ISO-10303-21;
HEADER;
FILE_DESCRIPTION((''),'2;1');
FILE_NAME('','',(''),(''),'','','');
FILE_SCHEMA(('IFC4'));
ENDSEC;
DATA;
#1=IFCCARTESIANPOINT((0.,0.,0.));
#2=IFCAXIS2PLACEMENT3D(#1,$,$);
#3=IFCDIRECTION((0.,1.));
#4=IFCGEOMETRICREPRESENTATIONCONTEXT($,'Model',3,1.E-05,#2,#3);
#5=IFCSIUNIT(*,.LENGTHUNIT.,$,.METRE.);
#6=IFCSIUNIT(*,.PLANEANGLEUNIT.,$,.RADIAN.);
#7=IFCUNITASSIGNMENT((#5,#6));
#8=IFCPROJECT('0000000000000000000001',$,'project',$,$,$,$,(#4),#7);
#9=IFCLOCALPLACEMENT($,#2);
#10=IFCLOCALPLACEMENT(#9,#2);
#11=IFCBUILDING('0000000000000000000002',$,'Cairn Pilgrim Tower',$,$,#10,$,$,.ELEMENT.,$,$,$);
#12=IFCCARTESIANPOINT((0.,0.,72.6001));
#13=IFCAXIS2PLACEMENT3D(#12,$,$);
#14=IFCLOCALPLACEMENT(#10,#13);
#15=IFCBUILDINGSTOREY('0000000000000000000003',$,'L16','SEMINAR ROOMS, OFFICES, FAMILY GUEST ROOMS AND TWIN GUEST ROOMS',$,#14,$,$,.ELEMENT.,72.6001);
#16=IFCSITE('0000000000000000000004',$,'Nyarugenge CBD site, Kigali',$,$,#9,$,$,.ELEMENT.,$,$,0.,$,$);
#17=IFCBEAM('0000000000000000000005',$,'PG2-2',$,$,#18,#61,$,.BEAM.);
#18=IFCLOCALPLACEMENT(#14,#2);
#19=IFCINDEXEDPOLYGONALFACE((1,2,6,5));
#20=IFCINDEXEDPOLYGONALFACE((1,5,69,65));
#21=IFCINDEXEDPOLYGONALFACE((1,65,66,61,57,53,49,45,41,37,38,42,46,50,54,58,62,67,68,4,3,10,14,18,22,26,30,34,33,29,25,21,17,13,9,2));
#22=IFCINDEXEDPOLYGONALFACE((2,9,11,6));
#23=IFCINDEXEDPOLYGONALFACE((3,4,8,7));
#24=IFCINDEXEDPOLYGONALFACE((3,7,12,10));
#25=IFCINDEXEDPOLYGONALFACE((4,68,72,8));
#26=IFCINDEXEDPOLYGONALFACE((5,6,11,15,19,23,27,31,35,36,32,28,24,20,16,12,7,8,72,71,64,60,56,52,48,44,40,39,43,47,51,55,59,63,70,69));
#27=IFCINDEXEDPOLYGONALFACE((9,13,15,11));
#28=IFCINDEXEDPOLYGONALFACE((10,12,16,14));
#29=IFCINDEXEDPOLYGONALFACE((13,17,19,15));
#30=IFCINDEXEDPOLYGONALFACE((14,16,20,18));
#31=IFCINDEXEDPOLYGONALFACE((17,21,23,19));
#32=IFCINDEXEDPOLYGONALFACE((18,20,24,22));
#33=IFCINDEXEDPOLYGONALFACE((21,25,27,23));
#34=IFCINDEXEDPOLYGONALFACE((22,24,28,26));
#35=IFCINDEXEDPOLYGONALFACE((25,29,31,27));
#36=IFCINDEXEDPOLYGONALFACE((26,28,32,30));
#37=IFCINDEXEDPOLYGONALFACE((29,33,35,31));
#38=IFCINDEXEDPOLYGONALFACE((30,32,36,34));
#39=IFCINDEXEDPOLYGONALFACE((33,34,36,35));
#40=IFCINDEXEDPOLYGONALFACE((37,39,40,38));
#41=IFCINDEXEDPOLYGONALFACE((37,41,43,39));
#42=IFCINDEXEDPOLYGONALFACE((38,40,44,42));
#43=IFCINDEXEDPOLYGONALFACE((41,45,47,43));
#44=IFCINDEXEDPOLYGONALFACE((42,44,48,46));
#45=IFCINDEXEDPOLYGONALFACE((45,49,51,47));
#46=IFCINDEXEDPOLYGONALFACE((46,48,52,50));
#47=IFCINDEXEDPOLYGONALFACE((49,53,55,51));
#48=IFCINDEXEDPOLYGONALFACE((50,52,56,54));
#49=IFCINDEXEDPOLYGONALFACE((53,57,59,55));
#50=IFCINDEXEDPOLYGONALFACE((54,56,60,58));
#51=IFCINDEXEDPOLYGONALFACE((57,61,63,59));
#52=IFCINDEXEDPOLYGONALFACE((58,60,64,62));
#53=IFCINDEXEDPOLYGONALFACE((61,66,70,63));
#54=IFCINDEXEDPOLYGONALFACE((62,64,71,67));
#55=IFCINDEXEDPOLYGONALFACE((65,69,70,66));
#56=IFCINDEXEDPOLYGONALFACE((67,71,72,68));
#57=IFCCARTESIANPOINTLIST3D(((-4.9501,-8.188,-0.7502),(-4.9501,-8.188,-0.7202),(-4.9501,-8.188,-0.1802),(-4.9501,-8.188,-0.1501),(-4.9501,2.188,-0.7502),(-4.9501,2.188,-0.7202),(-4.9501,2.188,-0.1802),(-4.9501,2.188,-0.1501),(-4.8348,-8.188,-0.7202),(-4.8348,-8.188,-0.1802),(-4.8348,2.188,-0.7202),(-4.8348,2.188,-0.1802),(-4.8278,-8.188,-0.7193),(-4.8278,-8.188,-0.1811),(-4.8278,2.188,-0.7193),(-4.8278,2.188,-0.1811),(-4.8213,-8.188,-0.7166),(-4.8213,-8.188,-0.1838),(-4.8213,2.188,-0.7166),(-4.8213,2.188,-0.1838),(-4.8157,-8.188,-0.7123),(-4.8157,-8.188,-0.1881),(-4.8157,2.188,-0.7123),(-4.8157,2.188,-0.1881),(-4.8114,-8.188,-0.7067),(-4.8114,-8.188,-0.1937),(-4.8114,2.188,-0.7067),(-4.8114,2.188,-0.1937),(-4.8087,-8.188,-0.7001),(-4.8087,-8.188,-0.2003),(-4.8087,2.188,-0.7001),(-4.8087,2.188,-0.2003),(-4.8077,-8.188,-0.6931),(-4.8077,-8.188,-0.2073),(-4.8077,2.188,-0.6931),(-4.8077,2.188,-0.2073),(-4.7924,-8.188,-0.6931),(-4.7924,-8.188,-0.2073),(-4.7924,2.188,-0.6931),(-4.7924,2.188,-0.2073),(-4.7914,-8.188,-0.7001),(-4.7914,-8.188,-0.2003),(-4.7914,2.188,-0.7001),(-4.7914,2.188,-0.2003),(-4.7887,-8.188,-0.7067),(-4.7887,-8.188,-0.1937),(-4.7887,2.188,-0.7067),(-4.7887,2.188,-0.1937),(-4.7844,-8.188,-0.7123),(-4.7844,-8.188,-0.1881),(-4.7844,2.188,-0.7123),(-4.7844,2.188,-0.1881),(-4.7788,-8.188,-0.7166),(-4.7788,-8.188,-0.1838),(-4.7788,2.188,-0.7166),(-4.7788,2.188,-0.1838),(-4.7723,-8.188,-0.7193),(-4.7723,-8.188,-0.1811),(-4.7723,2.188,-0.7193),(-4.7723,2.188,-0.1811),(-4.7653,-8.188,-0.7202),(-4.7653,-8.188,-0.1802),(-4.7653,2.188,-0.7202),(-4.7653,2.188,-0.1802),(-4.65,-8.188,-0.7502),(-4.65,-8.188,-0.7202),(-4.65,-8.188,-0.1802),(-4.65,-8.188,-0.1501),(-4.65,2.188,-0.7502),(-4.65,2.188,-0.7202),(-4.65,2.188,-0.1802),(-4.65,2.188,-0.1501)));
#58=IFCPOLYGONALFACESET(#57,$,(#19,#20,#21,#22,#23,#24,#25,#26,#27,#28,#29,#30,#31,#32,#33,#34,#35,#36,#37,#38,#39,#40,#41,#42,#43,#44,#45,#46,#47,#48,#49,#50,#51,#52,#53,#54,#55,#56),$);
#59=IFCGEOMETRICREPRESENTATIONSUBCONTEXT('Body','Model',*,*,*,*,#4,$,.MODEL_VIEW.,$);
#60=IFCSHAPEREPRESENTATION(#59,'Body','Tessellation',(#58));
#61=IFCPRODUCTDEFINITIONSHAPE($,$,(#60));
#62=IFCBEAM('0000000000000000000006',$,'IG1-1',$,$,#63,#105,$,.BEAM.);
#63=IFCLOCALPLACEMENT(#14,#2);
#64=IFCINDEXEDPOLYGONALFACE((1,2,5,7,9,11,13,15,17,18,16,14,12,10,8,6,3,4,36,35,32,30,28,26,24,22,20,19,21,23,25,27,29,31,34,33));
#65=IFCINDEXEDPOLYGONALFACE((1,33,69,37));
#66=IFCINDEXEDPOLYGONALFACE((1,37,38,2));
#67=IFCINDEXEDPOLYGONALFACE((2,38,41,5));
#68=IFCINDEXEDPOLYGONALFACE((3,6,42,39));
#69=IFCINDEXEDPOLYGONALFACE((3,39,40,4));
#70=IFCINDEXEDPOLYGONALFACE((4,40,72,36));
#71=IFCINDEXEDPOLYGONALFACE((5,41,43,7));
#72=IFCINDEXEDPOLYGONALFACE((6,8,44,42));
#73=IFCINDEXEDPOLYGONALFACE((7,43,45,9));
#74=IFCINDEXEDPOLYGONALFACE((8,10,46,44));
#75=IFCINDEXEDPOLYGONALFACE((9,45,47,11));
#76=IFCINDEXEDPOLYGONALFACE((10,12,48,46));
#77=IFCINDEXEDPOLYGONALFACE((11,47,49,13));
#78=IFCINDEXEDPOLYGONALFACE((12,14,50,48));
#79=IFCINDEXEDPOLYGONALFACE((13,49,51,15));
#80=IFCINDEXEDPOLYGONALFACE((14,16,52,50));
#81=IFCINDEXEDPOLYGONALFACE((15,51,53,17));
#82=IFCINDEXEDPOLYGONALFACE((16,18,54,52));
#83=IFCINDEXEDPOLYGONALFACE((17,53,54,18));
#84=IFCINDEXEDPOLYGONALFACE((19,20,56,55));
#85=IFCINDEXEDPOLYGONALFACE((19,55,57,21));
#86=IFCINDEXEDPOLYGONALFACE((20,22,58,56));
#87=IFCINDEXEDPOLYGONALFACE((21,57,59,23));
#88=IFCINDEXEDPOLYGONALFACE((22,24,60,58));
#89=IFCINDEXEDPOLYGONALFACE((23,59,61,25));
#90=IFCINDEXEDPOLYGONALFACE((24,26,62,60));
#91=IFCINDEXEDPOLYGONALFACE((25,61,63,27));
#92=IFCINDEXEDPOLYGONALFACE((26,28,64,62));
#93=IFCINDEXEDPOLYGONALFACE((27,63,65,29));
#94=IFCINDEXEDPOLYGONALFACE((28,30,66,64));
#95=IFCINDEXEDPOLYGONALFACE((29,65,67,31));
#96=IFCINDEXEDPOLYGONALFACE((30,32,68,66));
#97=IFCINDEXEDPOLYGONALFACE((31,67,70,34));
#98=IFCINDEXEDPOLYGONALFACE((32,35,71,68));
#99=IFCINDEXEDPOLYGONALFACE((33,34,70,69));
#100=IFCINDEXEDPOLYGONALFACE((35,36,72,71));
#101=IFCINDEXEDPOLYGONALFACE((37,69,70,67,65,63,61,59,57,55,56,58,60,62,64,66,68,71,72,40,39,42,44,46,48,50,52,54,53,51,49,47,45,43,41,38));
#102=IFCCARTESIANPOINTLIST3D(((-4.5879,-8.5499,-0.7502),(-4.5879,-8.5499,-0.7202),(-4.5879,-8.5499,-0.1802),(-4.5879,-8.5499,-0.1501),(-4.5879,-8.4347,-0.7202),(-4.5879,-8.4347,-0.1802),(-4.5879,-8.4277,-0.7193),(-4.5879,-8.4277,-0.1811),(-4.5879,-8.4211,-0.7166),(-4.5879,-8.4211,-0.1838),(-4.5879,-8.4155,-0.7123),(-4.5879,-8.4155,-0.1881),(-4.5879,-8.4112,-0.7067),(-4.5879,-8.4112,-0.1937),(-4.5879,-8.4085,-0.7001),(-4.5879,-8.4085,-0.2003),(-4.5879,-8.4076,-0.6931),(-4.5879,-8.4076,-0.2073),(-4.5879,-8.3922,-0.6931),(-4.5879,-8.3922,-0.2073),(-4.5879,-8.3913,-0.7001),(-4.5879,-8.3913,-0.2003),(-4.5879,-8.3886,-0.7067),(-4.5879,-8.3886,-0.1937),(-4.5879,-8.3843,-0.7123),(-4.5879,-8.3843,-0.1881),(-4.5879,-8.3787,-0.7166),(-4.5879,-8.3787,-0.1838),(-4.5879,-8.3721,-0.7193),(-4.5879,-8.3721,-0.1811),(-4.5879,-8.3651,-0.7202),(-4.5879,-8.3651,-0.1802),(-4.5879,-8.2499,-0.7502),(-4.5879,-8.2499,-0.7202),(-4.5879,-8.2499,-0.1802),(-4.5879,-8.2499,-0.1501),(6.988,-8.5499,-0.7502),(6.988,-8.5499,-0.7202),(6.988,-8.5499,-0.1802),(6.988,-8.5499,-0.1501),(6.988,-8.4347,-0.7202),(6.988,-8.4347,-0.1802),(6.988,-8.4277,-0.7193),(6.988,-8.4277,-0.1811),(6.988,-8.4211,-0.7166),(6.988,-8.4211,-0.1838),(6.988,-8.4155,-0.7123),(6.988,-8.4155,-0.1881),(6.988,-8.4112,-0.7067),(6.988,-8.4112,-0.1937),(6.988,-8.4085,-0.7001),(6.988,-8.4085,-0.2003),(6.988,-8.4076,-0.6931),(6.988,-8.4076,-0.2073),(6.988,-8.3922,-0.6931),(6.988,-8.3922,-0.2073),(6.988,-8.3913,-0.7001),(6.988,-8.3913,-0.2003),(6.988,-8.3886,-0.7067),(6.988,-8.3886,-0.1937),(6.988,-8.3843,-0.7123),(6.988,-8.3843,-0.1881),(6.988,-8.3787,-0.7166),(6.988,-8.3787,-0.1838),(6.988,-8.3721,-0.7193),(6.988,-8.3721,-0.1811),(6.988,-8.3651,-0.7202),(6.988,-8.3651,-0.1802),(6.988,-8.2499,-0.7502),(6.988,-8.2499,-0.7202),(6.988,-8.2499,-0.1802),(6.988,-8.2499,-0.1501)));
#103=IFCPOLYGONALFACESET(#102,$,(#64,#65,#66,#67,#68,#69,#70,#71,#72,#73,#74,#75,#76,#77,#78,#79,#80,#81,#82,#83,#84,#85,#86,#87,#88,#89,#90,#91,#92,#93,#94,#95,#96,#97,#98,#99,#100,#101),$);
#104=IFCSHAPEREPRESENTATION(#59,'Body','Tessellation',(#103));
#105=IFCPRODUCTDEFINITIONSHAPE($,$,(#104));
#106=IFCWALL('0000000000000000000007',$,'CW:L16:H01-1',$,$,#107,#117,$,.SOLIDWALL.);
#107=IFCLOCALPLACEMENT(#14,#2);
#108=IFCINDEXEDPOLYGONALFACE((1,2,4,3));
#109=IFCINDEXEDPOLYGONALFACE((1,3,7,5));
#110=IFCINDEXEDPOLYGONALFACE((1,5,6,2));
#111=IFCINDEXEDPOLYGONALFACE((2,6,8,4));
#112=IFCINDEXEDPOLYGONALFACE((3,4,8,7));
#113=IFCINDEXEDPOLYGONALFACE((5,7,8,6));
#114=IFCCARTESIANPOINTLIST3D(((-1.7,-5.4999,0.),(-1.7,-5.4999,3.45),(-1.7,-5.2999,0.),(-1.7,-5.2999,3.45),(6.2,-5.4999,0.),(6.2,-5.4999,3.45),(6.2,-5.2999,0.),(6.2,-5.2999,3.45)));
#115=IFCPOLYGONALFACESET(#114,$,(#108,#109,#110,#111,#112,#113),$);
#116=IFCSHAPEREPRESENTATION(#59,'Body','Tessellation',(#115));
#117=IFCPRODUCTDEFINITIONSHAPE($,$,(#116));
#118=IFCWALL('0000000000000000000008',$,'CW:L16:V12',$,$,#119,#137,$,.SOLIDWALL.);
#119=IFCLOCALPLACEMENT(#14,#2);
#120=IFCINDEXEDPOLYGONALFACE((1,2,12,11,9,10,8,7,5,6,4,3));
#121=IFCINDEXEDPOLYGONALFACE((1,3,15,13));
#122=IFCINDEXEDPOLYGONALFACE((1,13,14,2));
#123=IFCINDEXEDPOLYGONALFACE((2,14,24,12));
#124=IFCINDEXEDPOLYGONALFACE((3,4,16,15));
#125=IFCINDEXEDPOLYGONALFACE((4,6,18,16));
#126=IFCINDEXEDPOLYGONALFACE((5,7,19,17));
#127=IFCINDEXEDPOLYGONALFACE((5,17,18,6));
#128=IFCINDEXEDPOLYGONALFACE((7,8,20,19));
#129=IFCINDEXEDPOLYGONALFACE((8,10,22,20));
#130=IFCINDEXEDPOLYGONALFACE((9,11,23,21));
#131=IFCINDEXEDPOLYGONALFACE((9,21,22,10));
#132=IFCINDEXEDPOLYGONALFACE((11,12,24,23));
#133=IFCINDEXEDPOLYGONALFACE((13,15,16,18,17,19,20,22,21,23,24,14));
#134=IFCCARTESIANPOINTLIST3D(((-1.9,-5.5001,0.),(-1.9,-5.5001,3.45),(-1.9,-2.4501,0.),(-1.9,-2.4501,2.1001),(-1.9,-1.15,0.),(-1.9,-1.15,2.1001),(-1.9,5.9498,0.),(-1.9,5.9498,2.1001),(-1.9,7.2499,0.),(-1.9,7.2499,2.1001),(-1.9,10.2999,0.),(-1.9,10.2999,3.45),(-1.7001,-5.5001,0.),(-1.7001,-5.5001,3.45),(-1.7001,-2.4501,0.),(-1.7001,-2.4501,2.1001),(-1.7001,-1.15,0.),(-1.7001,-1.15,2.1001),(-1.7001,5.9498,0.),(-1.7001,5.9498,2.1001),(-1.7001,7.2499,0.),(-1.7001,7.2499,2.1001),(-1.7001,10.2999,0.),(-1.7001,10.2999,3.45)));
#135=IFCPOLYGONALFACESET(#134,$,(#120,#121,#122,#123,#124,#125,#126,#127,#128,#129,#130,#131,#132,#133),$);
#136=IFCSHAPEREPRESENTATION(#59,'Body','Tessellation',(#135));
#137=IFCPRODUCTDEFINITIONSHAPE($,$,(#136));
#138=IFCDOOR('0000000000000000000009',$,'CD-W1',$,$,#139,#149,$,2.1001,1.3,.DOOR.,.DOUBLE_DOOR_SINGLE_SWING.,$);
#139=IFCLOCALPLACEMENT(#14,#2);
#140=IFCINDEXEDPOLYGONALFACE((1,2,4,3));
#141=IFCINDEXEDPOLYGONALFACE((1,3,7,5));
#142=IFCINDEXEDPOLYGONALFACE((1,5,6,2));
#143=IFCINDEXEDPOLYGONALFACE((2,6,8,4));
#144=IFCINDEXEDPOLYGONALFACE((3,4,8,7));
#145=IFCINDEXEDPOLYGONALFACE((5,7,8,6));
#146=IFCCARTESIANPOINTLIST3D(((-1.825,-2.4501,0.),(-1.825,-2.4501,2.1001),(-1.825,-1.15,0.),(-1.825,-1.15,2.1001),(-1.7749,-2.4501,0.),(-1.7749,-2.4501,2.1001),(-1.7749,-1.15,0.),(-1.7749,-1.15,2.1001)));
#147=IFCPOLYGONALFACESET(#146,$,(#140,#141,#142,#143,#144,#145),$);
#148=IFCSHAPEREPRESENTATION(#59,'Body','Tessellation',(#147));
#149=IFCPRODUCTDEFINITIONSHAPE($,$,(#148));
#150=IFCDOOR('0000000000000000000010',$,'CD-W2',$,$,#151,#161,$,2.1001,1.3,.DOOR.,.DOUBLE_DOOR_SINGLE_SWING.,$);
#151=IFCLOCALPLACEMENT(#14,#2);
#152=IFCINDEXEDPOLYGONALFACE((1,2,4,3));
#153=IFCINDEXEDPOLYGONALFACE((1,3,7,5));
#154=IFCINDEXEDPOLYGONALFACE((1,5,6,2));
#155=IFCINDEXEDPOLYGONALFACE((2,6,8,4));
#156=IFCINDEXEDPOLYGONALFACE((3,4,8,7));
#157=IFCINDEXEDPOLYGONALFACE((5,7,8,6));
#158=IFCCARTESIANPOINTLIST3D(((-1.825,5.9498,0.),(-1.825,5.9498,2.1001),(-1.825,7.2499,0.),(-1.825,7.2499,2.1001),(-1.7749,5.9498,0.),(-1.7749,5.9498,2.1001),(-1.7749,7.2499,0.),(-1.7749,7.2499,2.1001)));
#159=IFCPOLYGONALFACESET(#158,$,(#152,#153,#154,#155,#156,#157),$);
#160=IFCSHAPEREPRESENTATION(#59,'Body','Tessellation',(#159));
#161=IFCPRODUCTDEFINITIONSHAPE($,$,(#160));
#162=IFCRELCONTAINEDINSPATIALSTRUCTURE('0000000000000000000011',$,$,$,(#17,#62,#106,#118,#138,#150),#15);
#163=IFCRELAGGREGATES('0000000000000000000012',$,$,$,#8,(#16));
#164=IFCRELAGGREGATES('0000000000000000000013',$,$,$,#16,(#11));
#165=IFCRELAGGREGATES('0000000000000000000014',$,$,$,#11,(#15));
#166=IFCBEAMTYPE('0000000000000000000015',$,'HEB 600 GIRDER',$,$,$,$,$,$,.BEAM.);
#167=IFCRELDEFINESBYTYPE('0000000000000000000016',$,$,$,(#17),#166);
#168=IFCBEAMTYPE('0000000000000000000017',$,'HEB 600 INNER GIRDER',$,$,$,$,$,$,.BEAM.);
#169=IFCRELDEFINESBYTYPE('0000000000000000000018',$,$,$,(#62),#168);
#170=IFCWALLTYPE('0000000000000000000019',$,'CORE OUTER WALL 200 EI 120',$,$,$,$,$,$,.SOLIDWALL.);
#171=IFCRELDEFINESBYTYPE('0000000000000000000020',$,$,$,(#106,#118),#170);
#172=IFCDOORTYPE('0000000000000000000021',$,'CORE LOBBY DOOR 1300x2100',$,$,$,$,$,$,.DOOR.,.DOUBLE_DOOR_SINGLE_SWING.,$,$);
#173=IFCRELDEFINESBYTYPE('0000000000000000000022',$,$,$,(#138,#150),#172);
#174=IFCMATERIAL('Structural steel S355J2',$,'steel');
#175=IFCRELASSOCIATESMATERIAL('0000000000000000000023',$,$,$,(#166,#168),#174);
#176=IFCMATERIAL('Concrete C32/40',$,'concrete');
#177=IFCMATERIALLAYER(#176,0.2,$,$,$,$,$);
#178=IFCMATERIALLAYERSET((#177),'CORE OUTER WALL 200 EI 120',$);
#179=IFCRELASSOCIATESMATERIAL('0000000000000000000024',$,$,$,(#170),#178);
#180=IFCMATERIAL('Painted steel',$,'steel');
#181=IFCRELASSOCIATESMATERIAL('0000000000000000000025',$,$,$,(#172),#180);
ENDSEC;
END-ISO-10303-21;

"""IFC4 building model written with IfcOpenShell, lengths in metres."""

from ifc_helpers import new_model, si_unit, direction, frame, frame_2d, origin, origin_2d, place, context, subcontext, project, spatial, rectangle, i_section, extrude, material, layer, layer_set, material_profile, profile_set, type_object, element, fill, save


model = new_model("IFC4")

# Units and contexts
model_context = context("Model", 3, precision=1e-05, world=origin(), true_north=direction((0.0, 1.0)))
body_context = subcontext(model_context, "Body", "Model", "MODEL_VIEW")
ifc_project = project(units=[si_unit("LENGTHUNIT", "METRE"), si_unit("PLANEANGLEUNIT", "RADIAN")], contexts=[model_context])

# Site, building, storey
site_placement = place(None, origin())
site = spatial("IfcSite", under=ifc_project, at=site_placement, Name="Nyarugenge CBD site, Kigali", CompositionType="ELEMENT", RefElevation=0.0)
building_placement = place(site_placement, origin())
building = spatial("IfcBuilding", under=site, at=building_placement, Name="Cairn Pilgrim Tower", CompositionType="ELEMENT")
storey_placement = place(building_placement, frame((0.0, 0.0, 72.6001)))
storey = spatial("IfcBuildingStorey", under=building, at=storey_placement, Name="L16", Description="SEMINAR ROOMS, OFFICES, FAMILY GUEST ROOMS AND TWIN GUEST ROOMS", CompositionType="ELEMENT", Elevation=72.6001)

# Beams
ifc_material_1 = material(Name="Structural steel S355J2", Category="steel")
ifc_material_profile_1 = material_profile(ifc_material_1, i_section(OverallWidth=0.3, OverallDepth=0.6001, WebThickness=0.0154, FlangeThickness=0.03, FilletRadius=0.0271, at=origin_2d()), Name="HEB 600")
ifc_profile_set_1 = profile_set([ifc_material_profile_1], Name="Structural steel S355J2")
beam_type_1 = type_object("IfcBeamType", Name="HEB 600 GIRDER", PredefinedType="BEAM", material=ifc_profile_set_1)
beam_1_placement = place(storey_placement, frame((-4.8, -8.188, -0.4502), z_axis=(0.0, 1.0, 0.0), x_axis=(-1.0, 0.0, 0.0)))
element("IfcBeam", 1, at=beam_1_placement, inside=storey, type_object=beam_type_1, Name="PG2-2", PredefinedType="BEAM", context=body_context, shape_type="SweptSolid", body=[
    extrude(i_section(OverallWidth=0.3, OverallDepth=0.6001, WebThickness=0.0154, FlangeThickness=0.03, FilletRadius=0.0271, at=origin_2d()), origin(), (0.0, 0.0, 1.0), 10.376),
])
ifc_material_profile_2 = material_profile(ifc_material_1, i_section(OverallWidth=0.3, OverallDepth=0.6001, WebThickness=0.0154, FlangeThickness=0.03, FilletRadius=0.0271, at=origin_2d()), Name="HEB 600")
ifc_profile_set_2 = profile_set([ifc_material_profile_2], Name="Structural steel S355J2")
beam_type_2 = type_object("IfcBeamType", Name="HEB 600 INNER GIRDER", PredefinedType="BEAM", material=ifc_profile_set_2)
beam_2_placement = place(storey_placement, frame((-4.5879, -8.3999, -0.4502), z_axis=(1.0, 0.0, 0.0), x_axis=(0.0, 1.0, 0.0)))
element("IfcBeam", 2, at=beam_2_placement, inside=storey, type_object=beam_type_2, Name="IG1-1", PredefinedType="BEAM", context=body_context, shape_type="SweptSolid", body=[
    extrude(i_section(OverallWidth=0.3, OverallDepth=0.6001, WebThickness=0.0154, FlangeThickness=0.03, FilletRadius=0.0271, at=origin_2d()), origin(), (0.0, 0.0, 1.0), 11.5759),
])

# Wall
ifc_material_2 = material(Name="Concrete C32/40", Category="concrete")
ifc_layer_1 = layer(ifc_material_2, 0.2)
ifc_layer_set_1 = layer_set([ifc_layer_1], Name="CORE OUTER WALL 200 EI 120")
wall_type_1 = type_object("IfcWallType", Name="CORE OUTER WALL 200 EI 120", PredefinedType="SOLIDWALL", material=ifc_layer_set_1)
wall_1_placement = place(storey_placement, frame((-1.7, -5.3999, 0.0), z_axis=(0.0, 0.0, 1.0), x_axis=(1.0, 0.0, 0.0)))
element("IfcWall", 3, at=wall_1_placement, inside=storey, type_object=wall_type_1, Name="CW:L16:H01-1", PredefinedType="SOLIDWALL", context=body_context, shape_type="SweptSolid", body=[
    extrude(rectangle(XDim=7.8999, YDim=0.2, at=frame_2d((3.95, 0.0))), origin(), (0.0, 0.0, 1.0), 3.45),
])

# Wall, openings, doors
wall_2_placement = place(storey_placement, frame((-1.8, -5.5, 0.0), z_axis=(0.0, 0.0, 1.0), x_axis=(0.0, 1.0, 0.0)))
wall_2 = element("IfcWall", 4, at=wall_2_placement, inside=storey, type_object=wall_type_1, Name="CW:L16:V12", PredefinedType="SOLIDWALL", context=body_context, shape_type="SweptSolid", body=[
    extrude(rectangle(XDim=15.8, YDim=0.2, at=frame_2d((7.8999, 0.0))), origin(), (0.0, 0.0, 1.0), 3.45),
])
opening_1_placement = place(wall_2_placement, frame((3.05, 0.0, 0.0)))
opening_1 = element("IfcOpeningElement", 5, at=opening_1_placement, cuts=wall_2, PredefinedType="OPENING", context=body_context, shape_type="SweptSolid", body=[
    extrude(rectangle(XDim=1.3, YDim=2.1001, at=frame_2d((0.6499, 1.05))), frame((0.0, 0.1099, 0.0), z_axis=(0.0, -1.0, 0.0), x_axis=(1.0, 0.0, 0.0)), (0.0, 0.0, 1.0), 0.22),
])
opening_2_placement = place(wall_2_placement, frame((11.45, 0.0, 0.0)))
opening_2 = element("IfcOpeningElement", 6, at=opening_2_placement, cuts=wall_2, PredefinedType="OPENING", context=body_context, shape_type="SweptSolid", body=[
    extrude(rectangle(XDim=1.3, YDim=2.1001, at=frame_2d((0.6499, 1.05))), frame((0.0, 0.1099, 0.0), z_axis=(0.0, -1.0, 0.0), x_axis=(1.0, 0.0, 0.0)), (0.0, 0.0, 1.0), 0.22),
])
ifc_material_3 = material(Name="Painted steel", Category="steel")
door_type_1 = type_object("IfcDoorType", Name="CORE LOBBY DOOR 1300x2100", OperationType="DOUBLE_DOOR_SINGLE_SWING", PredefinedType="DOOR", material=ifc_material_3)
door_1_placement = place(opening_1_placement, origin())
door_1 = element("IfcDoor", 7, at=door_1_placement, inside=storey, type_object=door_type_1, Name="CD-W1", OperationType="DOUBLE_DOOR_SINGLE_SWING", OverallHeight=2.1001, OverallWidth=1.3, PredefinedType="DOOR", context=body_context, shape_type="SweptSolid", body=[
    extrude(rectangle(XDim=1.3, YDim=2.1001, at=frame_2d((0.6499, 1.05))), frame((0.0, 0.0249, 0.0), z_axis=(0.0, -1.0, 0.0), x_axis=(1.0, 0.0, 0.0)), (0.0, 0.0, 1.0), 0.05),
])
fill(opening_1, door_1)
door_2_placement = place(opening_2_placement, origin())
door_2 = element("IfcDoor", 8, at=door_2_placement, inside=storey, type_object=door_type_1, Name="CD-W2", OperationType="DOUBLE_DOOR_SINGLE_SWING", OverallHeight=2.1001, OverallWidth=1.3, PredefinedType="DOOR", context=body_context, shape_type="SweptSolid", body=[
    extrude(rectangle(XDim=1.3, YDim=2.1001, at=frame_2d((0.6499, 1.05))), frame((0.0, 0.0249, 0.0), z_axis=(0.0, -1.0, 0.0), x_axis=(1.0, 0.0, 0.0)), (0.0, 0.0, 1.0), 0.05),
])
fill(opening_2, door_2)

save(model, "model.ifc")
